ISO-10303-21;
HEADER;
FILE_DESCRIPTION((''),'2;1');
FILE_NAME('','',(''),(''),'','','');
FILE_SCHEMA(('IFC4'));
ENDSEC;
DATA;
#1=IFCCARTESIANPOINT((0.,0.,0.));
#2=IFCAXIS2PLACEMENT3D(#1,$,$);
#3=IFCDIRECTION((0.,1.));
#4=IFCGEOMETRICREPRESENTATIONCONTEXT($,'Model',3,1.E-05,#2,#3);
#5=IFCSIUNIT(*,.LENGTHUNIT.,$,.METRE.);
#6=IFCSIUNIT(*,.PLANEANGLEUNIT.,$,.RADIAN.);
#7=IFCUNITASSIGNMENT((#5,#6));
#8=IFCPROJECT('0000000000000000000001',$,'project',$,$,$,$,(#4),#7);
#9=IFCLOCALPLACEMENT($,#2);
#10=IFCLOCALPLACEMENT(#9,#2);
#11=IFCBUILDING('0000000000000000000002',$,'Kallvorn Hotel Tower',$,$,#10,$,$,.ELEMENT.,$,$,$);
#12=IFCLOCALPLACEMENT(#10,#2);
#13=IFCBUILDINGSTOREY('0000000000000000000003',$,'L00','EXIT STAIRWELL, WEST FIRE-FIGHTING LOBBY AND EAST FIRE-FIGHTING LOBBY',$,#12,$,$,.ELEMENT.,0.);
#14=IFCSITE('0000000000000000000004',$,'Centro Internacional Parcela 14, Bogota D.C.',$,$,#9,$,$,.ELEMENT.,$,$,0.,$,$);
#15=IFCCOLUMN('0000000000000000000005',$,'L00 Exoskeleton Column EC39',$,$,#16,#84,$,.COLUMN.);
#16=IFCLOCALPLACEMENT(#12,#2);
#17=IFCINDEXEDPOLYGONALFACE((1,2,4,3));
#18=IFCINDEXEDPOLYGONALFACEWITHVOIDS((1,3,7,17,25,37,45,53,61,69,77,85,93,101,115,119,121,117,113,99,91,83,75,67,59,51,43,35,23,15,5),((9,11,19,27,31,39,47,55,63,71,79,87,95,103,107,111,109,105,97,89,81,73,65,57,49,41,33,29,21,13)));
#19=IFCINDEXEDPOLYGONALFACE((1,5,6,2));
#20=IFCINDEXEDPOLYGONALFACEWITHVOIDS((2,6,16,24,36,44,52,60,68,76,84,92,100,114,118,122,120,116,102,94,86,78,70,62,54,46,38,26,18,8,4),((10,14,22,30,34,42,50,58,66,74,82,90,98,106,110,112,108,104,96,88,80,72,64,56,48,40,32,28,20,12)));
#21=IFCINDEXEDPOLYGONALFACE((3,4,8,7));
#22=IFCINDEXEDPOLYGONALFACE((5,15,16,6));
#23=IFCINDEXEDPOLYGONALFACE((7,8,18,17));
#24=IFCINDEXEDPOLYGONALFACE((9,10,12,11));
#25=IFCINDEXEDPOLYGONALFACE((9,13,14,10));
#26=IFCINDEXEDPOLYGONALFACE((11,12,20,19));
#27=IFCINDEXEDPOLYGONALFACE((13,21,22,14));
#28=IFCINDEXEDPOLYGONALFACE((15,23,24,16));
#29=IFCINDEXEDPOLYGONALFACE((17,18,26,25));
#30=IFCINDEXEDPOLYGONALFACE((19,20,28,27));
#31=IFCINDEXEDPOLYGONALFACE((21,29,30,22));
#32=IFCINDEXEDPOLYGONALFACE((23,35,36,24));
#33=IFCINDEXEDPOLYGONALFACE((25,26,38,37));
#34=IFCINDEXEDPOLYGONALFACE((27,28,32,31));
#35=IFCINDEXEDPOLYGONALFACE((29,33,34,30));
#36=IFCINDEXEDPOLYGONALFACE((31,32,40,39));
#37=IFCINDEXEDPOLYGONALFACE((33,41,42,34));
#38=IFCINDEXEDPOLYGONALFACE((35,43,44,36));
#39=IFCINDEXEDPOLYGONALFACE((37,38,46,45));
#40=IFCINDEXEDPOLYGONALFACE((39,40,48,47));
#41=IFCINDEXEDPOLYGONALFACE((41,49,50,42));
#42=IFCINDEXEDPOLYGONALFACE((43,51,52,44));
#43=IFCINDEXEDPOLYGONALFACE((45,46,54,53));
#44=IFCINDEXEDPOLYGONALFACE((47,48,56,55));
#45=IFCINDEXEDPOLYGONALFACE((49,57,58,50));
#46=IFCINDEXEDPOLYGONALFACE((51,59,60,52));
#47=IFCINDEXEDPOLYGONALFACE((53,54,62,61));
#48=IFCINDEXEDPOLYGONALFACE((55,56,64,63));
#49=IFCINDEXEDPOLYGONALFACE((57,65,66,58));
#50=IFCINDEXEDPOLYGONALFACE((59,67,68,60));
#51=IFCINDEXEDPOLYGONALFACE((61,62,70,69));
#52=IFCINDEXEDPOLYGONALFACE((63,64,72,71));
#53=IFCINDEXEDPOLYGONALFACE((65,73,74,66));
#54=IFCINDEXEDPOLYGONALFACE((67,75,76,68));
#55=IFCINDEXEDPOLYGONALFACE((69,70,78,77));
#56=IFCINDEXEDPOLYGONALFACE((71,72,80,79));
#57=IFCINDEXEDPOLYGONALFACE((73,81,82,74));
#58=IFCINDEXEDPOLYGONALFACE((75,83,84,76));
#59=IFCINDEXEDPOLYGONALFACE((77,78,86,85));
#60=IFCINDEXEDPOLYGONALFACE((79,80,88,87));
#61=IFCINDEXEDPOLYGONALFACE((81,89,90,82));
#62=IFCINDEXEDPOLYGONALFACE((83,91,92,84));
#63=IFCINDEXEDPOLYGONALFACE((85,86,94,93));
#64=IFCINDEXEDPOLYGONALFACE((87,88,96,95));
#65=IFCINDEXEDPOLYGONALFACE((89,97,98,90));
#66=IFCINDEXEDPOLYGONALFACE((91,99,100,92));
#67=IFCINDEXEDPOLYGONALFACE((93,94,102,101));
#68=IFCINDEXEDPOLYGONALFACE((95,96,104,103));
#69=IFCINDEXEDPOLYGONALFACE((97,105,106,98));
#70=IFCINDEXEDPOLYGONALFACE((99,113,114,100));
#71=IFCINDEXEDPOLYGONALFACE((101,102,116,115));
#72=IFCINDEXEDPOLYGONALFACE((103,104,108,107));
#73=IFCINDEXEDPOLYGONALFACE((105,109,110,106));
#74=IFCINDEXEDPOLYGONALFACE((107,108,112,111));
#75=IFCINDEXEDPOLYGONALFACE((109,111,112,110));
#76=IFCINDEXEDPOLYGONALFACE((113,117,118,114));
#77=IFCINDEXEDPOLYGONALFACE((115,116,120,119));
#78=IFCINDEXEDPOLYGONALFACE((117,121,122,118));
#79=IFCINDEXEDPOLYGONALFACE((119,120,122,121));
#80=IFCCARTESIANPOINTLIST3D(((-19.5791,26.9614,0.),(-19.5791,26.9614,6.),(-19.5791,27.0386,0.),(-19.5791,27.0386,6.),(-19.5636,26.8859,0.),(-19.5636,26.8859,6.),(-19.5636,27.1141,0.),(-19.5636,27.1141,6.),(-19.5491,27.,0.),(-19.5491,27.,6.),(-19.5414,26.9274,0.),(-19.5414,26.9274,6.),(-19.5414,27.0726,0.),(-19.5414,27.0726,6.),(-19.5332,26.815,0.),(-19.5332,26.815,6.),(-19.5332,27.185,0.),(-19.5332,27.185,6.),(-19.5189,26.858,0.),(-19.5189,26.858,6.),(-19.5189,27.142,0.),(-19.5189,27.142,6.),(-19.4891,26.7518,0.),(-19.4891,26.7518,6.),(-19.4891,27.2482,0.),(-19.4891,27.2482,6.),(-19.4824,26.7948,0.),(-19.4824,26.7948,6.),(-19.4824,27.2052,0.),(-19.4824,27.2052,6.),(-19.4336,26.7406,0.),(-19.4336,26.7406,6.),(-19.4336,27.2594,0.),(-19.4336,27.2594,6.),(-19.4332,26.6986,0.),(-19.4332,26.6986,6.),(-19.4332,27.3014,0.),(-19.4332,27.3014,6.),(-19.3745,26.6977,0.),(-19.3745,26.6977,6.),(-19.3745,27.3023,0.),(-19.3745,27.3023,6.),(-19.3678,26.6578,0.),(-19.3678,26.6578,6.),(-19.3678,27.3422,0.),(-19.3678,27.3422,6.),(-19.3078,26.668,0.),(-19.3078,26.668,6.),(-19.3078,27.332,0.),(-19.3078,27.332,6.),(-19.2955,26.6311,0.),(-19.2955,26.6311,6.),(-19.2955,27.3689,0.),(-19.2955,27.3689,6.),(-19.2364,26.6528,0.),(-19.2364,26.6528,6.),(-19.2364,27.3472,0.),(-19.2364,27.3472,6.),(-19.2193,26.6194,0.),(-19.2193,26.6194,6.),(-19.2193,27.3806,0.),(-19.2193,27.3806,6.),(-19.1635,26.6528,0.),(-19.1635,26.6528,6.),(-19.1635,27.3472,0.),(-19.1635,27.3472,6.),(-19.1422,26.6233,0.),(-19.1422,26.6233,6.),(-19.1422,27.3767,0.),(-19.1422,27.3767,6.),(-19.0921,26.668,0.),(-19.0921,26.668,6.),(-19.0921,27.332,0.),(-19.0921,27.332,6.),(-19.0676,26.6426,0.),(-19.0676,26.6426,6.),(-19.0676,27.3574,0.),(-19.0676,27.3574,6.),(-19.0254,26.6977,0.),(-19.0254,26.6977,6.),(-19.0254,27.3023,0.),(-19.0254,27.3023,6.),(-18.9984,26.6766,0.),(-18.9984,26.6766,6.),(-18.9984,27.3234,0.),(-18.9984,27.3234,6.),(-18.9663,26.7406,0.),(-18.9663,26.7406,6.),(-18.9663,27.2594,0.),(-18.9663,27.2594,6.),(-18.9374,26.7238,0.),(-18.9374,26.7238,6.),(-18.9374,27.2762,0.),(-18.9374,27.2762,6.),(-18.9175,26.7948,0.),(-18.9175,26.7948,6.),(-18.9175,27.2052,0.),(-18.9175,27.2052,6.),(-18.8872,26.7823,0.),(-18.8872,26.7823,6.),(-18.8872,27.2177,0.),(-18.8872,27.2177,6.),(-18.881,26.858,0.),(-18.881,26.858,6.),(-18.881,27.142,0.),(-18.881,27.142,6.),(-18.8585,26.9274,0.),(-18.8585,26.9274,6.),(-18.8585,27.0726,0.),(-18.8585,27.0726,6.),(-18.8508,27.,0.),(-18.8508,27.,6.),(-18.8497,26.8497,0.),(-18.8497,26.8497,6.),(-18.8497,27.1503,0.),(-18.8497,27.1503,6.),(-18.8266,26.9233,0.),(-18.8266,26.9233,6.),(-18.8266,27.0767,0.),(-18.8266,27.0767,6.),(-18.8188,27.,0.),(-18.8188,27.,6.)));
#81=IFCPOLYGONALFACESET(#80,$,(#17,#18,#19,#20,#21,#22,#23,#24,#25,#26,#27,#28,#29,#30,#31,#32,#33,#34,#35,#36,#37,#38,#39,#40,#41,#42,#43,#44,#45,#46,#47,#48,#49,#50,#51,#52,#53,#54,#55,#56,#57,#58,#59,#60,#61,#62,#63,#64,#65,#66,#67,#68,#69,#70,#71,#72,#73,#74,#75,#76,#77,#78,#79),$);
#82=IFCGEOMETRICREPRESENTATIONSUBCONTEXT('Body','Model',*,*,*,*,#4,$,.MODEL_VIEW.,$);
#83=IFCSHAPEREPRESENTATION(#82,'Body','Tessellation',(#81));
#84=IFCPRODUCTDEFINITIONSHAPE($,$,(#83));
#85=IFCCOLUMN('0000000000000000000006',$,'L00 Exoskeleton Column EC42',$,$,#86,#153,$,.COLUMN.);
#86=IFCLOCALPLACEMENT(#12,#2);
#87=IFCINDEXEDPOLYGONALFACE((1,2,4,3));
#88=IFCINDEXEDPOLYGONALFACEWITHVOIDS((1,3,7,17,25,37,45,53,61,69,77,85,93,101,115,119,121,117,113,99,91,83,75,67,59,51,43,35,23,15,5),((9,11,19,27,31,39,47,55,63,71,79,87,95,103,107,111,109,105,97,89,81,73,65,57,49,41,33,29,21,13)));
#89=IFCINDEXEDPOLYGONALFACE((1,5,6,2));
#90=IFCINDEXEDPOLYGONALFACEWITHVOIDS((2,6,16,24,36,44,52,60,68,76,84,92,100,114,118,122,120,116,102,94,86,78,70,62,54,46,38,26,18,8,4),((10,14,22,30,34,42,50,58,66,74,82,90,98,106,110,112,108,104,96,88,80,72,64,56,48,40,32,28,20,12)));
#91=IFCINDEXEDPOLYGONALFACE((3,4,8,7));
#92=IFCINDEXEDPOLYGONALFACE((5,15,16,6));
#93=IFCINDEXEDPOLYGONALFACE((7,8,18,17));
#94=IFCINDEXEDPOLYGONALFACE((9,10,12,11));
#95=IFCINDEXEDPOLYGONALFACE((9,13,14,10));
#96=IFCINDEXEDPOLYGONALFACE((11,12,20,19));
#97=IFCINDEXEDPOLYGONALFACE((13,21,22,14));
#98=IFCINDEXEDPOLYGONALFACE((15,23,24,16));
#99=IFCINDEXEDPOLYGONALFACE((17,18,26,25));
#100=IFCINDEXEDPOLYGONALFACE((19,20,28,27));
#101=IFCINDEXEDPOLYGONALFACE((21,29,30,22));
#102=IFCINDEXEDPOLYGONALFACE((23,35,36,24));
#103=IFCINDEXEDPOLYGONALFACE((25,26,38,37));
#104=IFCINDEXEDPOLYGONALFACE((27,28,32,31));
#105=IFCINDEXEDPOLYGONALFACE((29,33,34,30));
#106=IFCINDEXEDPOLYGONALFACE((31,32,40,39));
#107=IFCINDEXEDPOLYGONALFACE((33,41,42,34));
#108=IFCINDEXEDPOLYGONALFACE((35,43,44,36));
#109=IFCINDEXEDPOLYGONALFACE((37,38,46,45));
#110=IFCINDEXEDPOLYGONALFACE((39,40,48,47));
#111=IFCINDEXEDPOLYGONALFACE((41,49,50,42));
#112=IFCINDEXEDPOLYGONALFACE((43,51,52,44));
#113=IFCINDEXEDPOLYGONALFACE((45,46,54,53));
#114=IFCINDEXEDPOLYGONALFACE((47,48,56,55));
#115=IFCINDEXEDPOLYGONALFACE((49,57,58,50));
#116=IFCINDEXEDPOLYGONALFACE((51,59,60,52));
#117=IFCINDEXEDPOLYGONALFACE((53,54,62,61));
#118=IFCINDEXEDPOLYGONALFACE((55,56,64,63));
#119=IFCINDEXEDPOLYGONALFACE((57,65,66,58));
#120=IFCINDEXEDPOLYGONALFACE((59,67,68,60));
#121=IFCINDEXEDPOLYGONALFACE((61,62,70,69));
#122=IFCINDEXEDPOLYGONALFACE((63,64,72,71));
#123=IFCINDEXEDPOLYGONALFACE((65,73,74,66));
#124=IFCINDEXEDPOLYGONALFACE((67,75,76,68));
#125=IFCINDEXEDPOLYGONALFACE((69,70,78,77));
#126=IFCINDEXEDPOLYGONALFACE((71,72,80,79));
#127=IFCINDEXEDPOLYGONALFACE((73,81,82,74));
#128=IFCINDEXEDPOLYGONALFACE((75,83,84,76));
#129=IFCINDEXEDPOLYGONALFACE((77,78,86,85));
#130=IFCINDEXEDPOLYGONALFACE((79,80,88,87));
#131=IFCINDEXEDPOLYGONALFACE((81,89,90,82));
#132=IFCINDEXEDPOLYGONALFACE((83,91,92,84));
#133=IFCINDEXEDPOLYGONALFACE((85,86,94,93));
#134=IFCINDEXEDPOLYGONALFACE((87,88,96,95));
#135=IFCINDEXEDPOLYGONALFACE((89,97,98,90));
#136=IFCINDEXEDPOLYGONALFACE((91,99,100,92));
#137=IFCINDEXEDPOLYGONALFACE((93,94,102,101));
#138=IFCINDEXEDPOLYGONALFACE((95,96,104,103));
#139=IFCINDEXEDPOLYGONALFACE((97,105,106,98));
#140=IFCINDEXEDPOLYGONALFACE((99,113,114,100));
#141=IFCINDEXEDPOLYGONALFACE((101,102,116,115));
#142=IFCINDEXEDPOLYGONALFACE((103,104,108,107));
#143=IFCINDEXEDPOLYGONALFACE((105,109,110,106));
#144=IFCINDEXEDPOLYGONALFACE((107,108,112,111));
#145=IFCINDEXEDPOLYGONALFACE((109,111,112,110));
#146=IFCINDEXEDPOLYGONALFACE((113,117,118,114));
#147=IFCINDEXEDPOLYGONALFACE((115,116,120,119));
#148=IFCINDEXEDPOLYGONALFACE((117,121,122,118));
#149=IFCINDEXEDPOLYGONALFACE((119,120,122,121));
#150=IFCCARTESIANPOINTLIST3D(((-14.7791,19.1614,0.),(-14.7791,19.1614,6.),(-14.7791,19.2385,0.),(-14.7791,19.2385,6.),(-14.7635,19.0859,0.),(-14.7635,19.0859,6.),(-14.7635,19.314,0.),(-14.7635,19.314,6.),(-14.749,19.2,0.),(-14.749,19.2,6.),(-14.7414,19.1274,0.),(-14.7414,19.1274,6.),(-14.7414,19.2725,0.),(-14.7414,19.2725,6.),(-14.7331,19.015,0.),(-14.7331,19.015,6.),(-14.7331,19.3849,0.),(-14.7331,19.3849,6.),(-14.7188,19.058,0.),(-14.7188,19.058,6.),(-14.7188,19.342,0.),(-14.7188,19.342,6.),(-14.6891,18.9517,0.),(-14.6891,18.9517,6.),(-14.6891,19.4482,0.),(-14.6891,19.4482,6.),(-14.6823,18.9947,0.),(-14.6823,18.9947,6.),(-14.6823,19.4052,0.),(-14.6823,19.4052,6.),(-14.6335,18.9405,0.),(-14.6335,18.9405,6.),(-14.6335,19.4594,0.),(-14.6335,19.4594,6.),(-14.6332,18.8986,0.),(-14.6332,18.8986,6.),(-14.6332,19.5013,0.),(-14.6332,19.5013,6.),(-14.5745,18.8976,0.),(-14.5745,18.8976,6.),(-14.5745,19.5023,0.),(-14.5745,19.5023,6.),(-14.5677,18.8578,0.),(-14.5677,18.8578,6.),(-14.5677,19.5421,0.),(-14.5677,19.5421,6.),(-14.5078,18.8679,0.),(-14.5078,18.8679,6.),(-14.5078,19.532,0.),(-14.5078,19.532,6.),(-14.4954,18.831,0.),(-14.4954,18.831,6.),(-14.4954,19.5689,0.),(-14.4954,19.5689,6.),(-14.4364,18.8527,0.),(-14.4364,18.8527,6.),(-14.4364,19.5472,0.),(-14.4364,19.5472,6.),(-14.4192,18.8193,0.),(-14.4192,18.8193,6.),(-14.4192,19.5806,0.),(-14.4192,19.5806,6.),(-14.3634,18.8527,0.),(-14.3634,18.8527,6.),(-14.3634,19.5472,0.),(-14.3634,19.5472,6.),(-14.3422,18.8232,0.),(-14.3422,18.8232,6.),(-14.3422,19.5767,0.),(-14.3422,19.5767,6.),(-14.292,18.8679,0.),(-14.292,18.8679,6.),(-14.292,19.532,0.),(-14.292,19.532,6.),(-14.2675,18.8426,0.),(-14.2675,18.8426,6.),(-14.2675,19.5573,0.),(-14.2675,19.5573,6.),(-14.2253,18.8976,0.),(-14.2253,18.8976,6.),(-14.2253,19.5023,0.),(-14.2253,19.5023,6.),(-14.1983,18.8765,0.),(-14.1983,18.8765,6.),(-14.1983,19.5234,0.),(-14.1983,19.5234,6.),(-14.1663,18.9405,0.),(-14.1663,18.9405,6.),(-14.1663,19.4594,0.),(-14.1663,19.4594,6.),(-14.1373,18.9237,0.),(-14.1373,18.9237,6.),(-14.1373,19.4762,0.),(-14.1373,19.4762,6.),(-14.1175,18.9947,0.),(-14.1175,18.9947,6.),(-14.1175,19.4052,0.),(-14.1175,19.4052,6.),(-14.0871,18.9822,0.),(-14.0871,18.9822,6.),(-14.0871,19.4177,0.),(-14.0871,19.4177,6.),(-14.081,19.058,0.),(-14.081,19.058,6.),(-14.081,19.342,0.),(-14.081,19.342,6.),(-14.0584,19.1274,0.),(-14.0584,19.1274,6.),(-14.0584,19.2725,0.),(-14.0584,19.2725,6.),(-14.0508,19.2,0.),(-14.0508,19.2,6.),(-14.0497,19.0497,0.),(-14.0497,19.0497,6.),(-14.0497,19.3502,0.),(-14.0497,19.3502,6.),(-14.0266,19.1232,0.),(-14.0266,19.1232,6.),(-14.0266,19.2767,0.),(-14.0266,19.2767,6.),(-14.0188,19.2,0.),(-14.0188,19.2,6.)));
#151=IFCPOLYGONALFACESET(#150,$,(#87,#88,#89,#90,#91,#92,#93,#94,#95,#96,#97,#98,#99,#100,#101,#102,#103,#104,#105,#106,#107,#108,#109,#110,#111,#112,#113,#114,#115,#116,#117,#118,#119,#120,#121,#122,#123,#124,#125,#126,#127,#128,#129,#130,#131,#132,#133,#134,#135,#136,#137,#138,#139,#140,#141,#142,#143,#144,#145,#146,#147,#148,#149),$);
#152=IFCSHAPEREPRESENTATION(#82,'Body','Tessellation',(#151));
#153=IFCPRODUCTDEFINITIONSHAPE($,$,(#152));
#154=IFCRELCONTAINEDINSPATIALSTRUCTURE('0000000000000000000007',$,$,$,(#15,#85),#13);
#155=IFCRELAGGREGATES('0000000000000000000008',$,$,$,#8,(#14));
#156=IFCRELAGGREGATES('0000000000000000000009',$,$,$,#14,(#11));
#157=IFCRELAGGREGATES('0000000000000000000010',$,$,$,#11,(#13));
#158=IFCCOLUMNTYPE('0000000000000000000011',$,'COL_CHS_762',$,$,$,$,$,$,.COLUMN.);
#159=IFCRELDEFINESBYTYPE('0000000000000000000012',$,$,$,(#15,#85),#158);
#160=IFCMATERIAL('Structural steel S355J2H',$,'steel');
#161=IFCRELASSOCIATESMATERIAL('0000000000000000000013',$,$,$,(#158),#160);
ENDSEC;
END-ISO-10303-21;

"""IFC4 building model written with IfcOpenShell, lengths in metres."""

from ifc_helpers import new_model, si_unit, direction, frame, origin, origin_2d, place, context, subcontext, project, spatial, hollow_circle, extrude, material, material_profile, profile_set, type_object, element, save


model = new_model("IFC4")

# Units and contexts
model_context = context("Model", 3, precision=1e-05, world=origin(), true_north=direction((0.0, 1.0)))
body_context = subcontext(model_context, "Body", "Model", "MODEL_VIEW")
ifc_project = project(units=[si_unit("LENGTHUNIT", "METRE"), si_unit("PLANEANGLEUNIT", "RADIAN")], contexts=[model_context])

# Site, building, storey
site_placement = place(None, origin())
site = spatial("IfcSite", under=ifc_project, at=site_placement, Name="Centro Internacional Parcela 14, Bogota D.C.", CompositionType="ELEMENT", RefElevation=0.0)
building_placement = place(site_placement, origin())
building = spatial("IfcBuilding", under=site, at=building_placement, Name="Kallvorn Hotel Tower", CompositionType="ELEMENT")
storey_placement = place(building_placement, origin())
storey = spatial("IfcBuildingStorey", under=building, at=storey_placement, Name="L00", Description="EXIT STAIRWELL, WEST FIRE-FIGHTING LOBBY AND EAST FIRE-FIGHTING LOBBY", CompositionType="ELEMENT", Elevation=0.0)

# Columns
ifc_material_1 = material(Name="Structural steel S355J2H", Category="steel")
ifc_material_profile_1 = material_profile(ifc_material_1, hollow_circle(Radius=0.3811, WallThickness=0.032, at=origin_2d()), Name="CHS 762x32")
ifc_profile_set_1 = profile_set([ifc_material_profile_1], Name="Structural steel S355J2H")
column_type = type_object("IfcColumnType", Name="COL_CHS_762", PredefinedType="COLUMN", material=ifc_profile_set_1)
for number, where, z_axis, x_axis, name in (
    (1, (-19.2, 27.0, 0.0), (0.0, 0.0, 1.0), (1.0, 0.0, 0.0), "L00 Exoskeleton Column EC39"),
    (2, (-14.3999, 19.2, 0.0), (0.0, 0.0, 1.0), (1.0, 0.0, 0.0), "L00 Exoskeleton Column EC42"),
):
    element("IfcColumn", number, at=place(storey_placement, frame(where, z_axis=z_axis, x_axis=x_axis)), inside=storey, type_object=column_type, Name=name, PredefinedType="COLUMN", context=body_context, shape_type="SweptSolid", body=[
        extrude(hollow_circle(Radius=0.3811, WallThickness=0.032, at=origin_2d()), origin(), (0.0, 0.0, 1.0), 6.0),
    ])

save(model, "model.ifc")
